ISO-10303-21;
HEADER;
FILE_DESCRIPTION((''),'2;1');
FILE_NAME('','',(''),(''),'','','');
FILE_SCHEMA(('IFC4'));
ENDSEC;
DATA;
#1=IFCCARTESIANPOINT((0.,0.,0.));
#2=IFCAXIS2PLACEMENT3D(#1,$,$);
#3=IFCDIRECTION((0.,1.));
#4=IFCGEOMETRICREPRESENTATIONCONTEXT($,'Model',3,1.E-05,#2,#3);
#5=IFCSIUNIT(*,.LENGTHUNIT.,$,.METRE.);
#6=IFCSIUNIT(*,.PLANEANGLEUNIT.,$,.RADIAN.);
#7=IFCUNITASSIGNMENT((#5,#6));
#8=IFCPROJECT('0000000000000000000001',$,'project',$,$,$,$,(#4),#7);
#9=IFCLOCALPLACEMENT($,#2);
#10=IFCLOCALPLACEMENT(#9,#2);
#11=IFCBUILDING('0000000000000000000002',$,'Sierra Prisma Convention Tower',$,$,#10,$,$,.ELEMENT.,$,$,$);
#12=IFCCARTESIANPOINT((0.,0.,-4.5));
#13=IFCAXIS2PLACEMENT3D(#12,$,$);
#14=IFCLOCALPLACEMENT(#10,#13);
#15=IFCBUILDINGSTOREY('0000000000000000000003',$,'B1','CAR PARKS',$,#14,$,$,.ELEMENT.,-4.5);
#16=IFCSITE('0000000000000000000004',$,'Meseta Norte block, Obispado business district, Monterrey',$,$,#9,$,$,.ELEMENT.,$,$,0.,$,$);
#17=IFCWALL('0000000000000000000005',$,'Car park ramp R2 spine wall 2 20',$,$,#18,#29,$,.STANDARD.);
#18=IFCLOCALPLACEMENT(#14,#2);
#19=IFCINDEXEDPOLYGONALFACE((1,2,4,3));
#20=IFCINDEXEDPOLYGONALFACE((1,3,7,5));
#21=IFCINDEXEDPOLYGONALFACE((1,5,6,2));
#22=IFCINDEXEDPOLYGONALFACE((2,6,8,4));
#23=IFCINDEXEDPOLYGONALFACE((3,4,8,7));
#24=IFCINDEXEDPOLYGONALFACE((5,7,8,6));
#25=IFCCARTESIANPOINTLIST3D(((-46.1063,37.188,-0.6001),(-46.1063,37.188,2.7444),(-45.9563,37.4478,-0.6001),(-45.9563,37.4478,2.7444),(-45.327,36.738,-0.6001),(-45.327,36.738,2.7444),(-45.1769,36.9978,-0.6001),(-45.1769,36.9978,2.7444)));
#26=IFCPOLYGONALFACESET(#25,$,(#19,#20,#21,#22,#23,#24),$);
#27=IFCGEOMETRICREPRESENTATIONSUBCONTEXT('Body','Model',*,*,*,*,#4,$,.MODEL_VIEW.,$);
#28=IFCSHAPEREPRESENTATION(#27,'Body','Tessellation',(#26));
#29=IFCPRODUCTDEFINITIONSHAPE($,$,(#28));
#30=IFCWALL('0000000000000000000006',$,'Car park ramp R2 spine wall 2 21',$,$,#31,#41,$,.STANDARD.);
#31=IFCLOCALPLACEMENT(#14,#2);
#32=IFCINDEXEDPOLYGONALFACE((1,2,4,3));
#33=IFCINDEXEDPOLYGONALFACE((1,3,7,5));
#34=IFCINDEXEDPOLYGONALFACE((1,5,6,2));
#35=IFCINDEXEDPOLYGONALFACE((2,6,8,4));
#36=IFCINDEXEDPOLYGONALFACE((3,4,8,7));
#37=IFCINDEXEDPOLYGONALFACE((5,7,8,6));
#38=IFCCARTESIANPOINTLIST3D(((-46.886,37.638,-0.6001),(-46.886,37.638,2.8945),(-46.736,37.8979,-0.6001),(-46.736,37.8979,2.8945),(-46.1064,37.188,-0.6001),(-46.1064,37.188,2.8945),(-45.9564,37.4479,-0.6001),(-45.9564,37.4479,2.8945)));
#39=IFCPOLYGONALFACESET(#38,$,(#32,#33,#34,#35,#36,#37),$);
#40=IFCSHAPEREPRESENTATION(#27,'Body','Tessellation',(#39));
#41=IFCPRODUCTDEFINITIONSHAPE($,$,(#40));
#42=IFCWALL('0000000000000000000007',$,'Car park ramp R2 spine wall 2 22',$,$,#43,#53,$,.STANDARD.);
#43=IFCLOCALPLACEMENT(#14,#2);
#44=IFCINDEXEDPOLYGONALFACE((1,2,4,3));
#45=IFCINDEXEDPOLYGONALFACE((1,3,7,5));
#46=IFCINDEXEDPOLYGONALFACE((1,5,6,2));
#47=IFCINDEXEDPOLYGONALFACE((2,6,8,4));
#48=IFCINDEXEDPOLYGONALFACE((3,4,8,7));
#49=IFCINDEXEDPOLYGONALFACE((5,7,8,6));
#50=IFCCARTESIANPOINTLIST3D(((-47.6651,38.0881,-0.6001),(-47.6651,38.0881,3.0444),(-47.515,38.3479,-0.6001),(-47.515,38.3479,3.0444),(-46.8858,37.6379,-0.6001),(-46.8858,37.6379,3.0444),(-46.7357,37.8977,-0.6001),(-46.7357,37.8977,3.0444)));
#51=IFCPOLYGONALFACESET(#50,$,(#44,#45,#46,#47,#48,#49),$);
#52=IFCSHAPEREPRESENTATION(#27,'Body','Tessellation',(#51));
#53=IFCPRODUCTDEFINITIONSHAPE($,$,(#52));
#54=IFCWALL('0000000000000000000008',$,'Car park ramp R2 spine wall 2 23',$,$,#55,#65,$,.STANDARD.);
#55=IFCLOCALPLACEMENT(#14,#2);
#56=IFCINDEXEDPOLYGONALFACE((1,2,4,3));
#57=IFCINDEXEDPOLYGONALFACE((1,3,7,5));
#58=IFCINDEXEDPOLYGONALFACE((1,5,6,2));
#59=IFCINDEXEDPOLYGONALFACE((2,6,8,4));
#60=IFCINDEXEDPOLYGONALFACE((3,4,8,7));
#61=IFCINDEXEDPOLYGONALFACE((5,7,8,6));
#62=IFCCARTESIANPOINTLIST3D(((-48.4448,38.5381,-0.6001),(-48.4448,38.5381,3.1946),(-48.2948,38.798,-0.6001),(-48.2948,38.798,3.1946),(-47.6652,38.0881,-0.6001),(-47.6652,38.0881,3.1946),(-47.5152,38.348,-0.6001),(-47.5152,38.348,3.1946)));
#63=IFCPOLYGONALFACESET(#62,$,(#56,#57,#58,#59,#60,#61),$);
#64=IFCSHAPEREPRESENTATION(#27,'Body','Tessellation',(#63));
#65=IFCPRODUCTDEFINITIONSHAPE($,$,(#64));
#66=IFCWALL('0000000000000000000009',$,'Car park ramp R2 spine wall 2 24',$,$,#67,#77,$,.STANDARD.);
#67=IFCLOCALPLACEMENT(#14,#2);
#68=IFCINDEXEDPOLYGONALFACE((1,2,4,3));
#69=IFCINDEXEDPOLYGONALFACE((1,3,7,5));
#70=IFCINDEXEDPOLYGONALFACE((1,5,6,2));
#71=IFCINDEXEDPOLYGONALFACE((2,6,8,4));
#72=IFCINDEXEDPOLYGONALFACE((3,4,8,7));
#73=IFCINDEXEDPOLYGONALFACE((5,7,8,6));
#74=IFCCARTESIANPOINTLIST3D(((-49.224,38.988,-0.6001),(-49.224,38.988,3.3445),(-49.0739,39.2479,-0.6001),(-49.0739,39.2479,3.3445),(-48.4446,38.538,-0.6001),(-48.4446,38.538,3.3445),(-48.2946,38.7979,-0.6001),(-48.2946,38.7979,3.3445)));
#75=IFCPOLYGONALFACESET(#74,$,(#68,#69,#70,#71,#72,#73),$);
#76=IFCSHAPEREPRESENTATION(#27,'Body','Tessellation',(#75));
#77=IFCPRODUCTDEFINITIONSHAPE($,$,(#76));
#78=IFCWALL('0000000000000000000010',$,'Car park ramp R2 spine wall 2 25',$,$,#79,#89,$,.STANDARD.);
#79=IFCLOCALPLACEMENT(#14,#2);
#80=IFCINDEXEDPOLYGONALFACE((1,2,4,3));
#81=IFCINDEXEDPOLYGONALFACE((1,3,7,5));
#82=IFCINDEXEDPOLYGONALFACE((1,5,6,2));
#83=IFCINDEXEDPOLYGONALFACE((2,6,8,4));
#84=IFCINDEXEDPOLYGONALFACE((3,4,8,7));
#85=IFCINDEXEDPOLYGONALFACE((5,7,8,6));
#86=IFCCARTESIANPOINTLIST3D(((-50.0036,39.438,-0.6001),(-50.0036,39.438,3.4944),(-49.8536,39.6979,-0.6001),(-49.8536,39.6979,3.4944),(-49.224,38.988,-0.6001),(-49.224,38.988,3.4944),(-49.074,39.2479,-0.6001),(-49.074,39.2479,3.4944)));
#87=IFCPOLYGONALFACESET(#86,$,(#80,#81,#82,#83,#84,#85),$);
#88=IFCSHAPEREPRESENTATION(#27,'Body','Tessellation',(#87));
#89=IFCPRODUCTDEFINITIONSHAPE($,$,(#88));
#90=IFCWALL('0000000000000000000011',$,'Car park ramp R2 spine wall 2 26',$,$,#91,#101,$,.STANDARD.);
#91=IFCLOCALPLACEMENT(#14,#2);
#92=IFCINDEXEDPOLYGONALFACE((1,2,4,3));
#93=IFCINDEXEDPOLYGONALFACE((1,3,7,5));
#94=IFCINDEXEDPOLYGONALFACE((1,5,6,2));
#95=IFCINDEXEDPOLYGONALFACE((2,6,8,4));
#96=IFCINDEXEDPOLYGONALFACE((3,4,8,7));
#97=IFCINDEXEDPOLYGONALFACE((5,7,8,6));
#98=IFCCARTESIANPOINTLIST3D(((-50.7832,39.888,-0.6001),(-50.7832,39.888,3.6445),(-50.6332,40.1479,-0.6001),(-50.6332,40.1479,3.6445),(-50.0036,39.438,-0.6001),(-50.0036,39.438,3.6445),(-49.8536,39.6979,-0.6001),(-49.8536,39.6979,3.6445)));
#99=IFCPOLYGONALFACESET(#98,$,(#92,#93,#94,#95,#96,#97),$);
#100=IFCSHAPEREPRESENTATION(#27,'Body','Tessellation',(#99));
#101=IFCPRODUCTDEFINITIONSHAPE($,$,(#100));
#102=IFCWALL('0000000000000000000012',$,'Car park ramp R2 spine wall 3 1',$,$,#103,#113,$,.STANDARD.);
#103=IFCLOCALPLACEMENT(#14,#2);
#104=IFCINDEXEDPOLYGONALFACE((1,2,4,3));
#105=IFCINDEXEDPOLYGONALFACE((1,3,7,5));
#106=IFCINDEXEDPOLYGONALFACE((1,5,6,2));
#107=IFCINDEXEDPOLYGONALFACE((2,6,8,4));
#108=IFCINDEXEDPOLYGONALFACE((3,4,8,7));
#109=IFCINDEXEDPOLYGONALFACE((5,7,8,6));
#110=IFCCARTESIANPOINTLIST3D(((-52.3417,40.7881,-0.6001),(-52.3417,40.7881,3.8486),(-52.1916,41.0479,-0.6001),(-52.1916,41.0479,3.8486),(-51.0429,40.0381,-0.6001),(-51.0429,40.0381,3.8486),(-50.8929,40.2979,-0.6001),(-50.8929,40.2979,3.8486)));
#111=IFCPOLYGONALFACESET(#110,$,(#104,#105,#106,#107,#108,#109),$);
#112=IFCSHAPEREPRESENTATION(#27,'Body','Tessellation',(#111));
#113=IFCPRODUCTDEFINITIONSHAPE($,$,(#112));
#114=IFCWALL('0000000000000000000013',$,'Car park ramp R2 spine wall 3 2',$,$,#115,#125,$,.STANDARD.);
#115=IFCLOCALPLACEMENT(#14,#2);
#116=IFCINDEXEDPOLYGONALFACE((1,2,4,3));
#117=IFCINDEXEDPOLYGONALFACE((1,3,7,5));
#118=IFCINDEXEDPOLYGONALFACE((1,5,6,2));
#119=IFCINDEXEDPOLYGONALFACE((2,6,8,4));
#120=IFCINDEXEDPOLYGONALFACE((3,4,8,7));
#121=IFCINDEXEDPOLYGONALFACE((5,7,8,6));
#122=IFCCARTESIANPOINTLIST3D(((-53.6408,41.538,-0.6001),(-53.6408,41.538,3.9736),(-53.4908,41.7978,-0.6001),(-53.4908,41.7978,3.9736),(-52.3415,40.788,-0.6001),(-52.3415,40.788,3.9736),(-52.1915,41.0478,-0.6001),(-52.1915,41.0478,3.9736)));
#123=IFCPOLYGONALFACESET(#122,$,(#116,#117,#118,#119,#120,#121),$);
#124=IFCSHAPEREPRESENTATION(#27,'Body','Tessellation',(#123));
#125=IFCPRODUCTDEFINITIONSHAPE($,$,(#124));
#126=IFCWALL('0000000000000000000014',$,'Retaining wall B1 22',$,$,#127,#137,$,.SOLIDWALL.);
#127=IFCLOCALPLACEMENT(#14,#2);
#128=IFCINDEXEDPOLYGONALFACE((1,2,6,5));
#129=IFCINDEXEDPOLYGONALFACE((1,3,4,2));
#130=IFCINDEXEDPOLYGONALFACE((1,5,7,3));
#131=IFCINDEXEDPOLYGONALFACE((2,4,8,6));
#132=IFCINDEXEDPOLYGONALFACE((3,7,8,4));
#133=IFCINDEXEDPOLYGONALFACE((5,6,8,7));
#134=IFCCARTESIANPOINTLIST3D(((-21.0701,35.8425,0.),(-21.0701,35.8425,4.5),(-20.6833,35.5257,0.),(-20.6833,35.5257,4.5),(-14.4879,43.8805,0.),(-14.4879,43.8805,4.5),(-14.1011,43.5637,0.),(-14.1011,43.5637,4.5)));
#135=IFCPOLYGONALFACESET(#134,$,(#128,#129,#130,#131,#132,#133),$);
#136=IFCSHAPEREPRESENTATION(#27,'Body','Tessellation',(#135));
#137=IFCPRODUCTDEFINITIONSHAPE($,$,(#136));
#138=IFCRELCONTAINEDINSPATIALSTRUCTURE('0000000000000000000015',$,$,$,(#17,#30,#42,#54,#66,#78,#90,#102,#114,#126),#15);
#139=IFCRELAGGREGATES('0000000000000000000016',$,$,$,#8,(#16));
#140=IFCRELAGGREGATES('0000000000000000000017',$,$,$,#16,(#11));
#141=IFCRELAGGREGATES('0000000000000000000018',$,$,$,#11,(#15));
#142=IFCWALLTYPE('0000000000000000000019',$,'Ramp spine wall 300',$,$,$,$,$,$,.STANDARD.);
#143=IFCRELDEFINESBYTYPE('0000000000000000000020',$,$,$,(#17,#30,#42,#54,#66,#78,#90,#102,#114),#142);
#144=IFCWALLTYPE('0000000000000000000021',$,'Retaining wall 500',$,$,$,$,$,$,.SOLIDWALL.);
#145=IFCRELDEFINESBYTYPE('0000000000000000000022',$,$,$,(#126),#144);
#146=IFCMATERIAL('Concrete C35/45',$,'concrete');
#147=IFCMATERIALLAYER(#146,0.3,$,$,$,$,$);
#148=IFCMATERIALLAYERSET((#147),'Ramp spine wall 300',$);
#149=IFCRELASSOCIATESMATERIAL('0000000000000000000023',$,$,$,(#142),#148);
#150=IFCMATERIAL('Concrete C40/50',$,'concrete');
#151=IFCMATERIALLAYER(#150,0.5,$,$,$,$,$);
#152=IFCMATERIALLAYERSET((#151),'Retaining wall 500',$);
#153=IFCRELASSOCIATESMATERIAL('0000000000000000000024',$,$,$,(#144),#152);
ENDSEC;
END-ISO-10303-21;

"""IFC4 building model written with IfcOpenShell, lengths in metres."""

from ifc_helpers import new_model, si_unit, direction, frame, frame_2d, origin, place, context, subcontext, project, spatial, rectangle, extrude, material, layer, layer_set, type_object, element, save


model = new_model("IFC4")

# Units and contexts
model_context = context("Model", 3, precision=1e-05, world=origin(), true_north=direction((0.0, 1.0)))
body_context = subcontext(model_context, "Body", "Model", "MODEL_VIEW")
ifc_project = project(units=[si_unit("LENGTHUNIT", "METRE"), si_unit("PLANEANGLEUNIT", "RADIAN")], contexts=[model_context])

# Site, building, storey
site_placement = place(None, origin())
site = spatial("IfcSite", under=ifc_project, at=site_placement, Name="Meseta Norte block, Obispado business district, Monterrey", CompositionType="ELEMENT", RefElevation=0.0)
building_placement = place(site_placement, origin())
building = spatial("IfcBuilding", under=site, at=building_placement, Name="Sierra Prisma Convention Tower", CompositionType="ELEMENT")
storey_placement = place(building_placement, frame((0.0, 0.0, -4.5)))
storey = spatial("IfcBuildingStorey", under=building, at=storey_placement, Name="B1", Description="CAR PARKS", CompositionType="ELEMENT", Elevation=-4.5)

# Walls
ifc_material_1 = material(Name="Concrete C35/45", Category="concrete")
ifc_layer_1 = layer(ifc_material_1, 0.3)
ifc_layer_set_1 = layer_set([ifc_layer_1], Name="Ramp spine wall 300")
wall_type_1 = type_object("IfcWallType", Name="Ramp spine wall 300", PredefinedType="STANDARD", material=ifc_layer_set_1)
wall_1_placement = place(storey_placement, frame((-45.252, 36.8679, -0.6001), z_axis=(0.0, 0.0, 1.0), x_axis=(-0.866014, 0.50002, 0.0)))
element("IfcWall", 1, at=wall_1_placement, inside=storey, type_object=wall_type_1, Name="Car park ramp R2 spine wall 2 20", PredefinedType="STANDARD", context=body_context, shape_type="SweptSolid", body=[
    extrude(rectangle(XDim=0.8999, YDim=0.3, at=frame_2d((0.45, 0.0))), origin(), (0.0, 0.0, 1.0), 3.3445),
])
wall_2_placement = place(storey_placement, frame((-46.0312, 37.3179, -0.6001), z_axis=(0.0, 0.0, 1.0), x_axis=(-0.866082, 0.499902, 0.0)))
element("IfcWall", 2, at=wall_2_placement, inside=storey, type_object=wall_type_1, Name="Car park ramp R2 spine wall 2 21", PredefinedType="STANDARD", context=body_context, shape_type="SweptSolid", body=[
    extrude(rectangle(XDim=0.9001, YDim=0.3, at=frame_2d((0.4502, 0.0))), origin(), (0.0, 0.0, 1.0), 3.4946),
])
wall_3_placement = place(storey_placement, frame((-46.8108, 37.7678, -0.6001), z_axis=(0.0, 0.0, 1.0), x_axis=(-0.865896, 0.500223, 0.0)))
element("IfcWall", 3, at=wall_3_placement, inside=storey, type_object=wall_type_1, Name="Car park ramp R2 spine wall 2 22", PredefinedType="STANDARD", context=body_context, shape_type="SweptSolid", body=[
    extrude(rectangle(XDim=0.8999, YDim=0.3, at=frame_2d((0.45, 0.0))), origin(), (0.0, 0.0, 1.0), 3.6445),
])
wall_4_placement = place(storey_placement, frame((-47.5901, 38.218, -0.6001), z_axis=(0.0, 0.0, 1.0), x_axis=(-0.866082, 0.499902, 0.0)))
element("IfcWall", 4, at=wall_4_placement, inside=storey, type_object=wall_type_1, Name="Car park ramp R2 spine wall 2 23", PredefinedType="STANDARD", context=body_context, shape_type="SweptSolid", body=[
    extrude(rectangle(XDim=0.9001, YDim=0.3, at=frame_2d((0.4502, 0.0))), origin(), (0.0, 0.0, 1.0), 3.7947),
])
wall_5_placement = place(storey_placement, frame((-48.3696, 38.668, -0.6001), z_axis=(0.0, 0.0, 1.0), x_axis=(-0.866014, 0.50002, 0.0)))
element("IfcWall", 5, at=wall_5_placement, inside=storey, type_object=wall_type_1, Name="Car park ramp R2 spine wall 2 24", PredefinedType="STANDARD", context=body_context, shape_type="SweptSolid", body=[
    extrude(rectangle(XDim=0.8999, YDim=0.3, at=frame_2d((0.45, 0.0))), origin(), (0.0, 0.0, 1.0), 3.9446),
])
wall_6_placement = place(storey_placement, frame((-49.1489, 39.1179, -0.6001), z_axis=(0.0, 0.0, 1.0), x_axis=(-0.866082, 0.499902, 0.0)))
element("IfcWall", 6, at=wall_6_placement, inside=storey, type_object=wall_type_1, Name="Car park ramp R2 spine wall 2 25", PredefinedType="STANDARD", context=body_context, shape_type="SweptSolid", body=[
    extrude(rectangle(XDim=0.9001, YDim=0.3, at=frame_2d((0.4502, 0.0))), origin(), (0.0, 0.0, 1.0), 4.0945),
])
wall_7_placement = place(storey_placement, frame((-49.9285, 39.5679, -0.6001), z_axis=(0.0, 0.0, 1.0), x_axis=(-0.866082, 0.499902, 0.0)))
element("IfcWall", 7, at=wall_7_placement, inside=storey, type_object=wall_type_1, Name="Car park ramp R2 spine wall 2 26", PredefinedType="STANDARD", context=body_context, shape_type="SweptSolid", body=[
    extrude(rectangle(XDim=0.9001, YDim=0.3, at=frame_2d((0.4502, 0.0))), origin(), (0.0, 0.0, 1.0), 4.2446),
])
wall_8_placement = place(storey_placement, frame((-50.9678, 40.168, -0.6001), z_axis=(0.0, 0.0, 1.0), x_axis=(-0.86599, 0.500061, 0.0)))
element("IfcWall", 8, at=wall_8_placement, inside=storey, type_object=wall_type_1, Name="Car park ramp R2 spine wall 3 1", PredefinedType="STANDARD", context=body_context, shape_type="SweptSolid", body=[
    extrude(rectangle(XDim=1.4998, YDim=0.3, at=frame_2d((0.75, 0.0))), origin(), (0.0, 0.0, 1.0), 4.4487),
])
wall_9_placement = place(storey_placement, frame((-52.2666, 40.918, -0.6001), z_axis=(0.0, 0.0, 1.0), x_axis=(-0.866072, 0.49992, 0.0)))
element("IfcWall", 9, at=wall_9_placement, inside=storey, type_object=wall_type_1, Name="Car park ramp R2 spine wall 3 2", PredefinedType="STANDARD", context=body_context, shape_type="SweptSolid", body=[
    extrude(rectangle(XDim=1.5002, YDim=0.3, at=frame_2d((0.75, 0.0))), origin(), (0.0, 0.0, 1.0), 4.5737),
])
ifc_material_2 = material(Name="Concrete C40/50", Category="concrete")
ifc_layer_2 = layer(ifc_material_2, 0.5)
ifc_layer_set_2 = layer_set([ifc_layer_2], Name="Retaining wall 500")
wall_type_2 = type_object("IfcWallType", Name="Retaining wall 500", PredefinedType="SOLIDWALL", material=ifc_layer_set_2)
wall_10_placement = place(storey_placement, frame((-20.8767, 35.6841, 0.0), z_axis=(0.0, 0.0, 1.0), x_axis=(0.633564, 0.77369, 0.0)))
element("IfcWall", 10, at=wall_10_placement, inside=storey, type_object=wall_type_2, Name="Retaining wall B1 22", PredefinedType="SOLIDWALL", context=body_context, shape_type="SweptSolid", body=[
    extrude(rectangle(XDim=10.3892, YDim=0.5, at=frame_2d((5.1946, 0.0))), origin(), (0.0, 0.0, 1.0), 4.5),
])

save(model, "model.ifc")
